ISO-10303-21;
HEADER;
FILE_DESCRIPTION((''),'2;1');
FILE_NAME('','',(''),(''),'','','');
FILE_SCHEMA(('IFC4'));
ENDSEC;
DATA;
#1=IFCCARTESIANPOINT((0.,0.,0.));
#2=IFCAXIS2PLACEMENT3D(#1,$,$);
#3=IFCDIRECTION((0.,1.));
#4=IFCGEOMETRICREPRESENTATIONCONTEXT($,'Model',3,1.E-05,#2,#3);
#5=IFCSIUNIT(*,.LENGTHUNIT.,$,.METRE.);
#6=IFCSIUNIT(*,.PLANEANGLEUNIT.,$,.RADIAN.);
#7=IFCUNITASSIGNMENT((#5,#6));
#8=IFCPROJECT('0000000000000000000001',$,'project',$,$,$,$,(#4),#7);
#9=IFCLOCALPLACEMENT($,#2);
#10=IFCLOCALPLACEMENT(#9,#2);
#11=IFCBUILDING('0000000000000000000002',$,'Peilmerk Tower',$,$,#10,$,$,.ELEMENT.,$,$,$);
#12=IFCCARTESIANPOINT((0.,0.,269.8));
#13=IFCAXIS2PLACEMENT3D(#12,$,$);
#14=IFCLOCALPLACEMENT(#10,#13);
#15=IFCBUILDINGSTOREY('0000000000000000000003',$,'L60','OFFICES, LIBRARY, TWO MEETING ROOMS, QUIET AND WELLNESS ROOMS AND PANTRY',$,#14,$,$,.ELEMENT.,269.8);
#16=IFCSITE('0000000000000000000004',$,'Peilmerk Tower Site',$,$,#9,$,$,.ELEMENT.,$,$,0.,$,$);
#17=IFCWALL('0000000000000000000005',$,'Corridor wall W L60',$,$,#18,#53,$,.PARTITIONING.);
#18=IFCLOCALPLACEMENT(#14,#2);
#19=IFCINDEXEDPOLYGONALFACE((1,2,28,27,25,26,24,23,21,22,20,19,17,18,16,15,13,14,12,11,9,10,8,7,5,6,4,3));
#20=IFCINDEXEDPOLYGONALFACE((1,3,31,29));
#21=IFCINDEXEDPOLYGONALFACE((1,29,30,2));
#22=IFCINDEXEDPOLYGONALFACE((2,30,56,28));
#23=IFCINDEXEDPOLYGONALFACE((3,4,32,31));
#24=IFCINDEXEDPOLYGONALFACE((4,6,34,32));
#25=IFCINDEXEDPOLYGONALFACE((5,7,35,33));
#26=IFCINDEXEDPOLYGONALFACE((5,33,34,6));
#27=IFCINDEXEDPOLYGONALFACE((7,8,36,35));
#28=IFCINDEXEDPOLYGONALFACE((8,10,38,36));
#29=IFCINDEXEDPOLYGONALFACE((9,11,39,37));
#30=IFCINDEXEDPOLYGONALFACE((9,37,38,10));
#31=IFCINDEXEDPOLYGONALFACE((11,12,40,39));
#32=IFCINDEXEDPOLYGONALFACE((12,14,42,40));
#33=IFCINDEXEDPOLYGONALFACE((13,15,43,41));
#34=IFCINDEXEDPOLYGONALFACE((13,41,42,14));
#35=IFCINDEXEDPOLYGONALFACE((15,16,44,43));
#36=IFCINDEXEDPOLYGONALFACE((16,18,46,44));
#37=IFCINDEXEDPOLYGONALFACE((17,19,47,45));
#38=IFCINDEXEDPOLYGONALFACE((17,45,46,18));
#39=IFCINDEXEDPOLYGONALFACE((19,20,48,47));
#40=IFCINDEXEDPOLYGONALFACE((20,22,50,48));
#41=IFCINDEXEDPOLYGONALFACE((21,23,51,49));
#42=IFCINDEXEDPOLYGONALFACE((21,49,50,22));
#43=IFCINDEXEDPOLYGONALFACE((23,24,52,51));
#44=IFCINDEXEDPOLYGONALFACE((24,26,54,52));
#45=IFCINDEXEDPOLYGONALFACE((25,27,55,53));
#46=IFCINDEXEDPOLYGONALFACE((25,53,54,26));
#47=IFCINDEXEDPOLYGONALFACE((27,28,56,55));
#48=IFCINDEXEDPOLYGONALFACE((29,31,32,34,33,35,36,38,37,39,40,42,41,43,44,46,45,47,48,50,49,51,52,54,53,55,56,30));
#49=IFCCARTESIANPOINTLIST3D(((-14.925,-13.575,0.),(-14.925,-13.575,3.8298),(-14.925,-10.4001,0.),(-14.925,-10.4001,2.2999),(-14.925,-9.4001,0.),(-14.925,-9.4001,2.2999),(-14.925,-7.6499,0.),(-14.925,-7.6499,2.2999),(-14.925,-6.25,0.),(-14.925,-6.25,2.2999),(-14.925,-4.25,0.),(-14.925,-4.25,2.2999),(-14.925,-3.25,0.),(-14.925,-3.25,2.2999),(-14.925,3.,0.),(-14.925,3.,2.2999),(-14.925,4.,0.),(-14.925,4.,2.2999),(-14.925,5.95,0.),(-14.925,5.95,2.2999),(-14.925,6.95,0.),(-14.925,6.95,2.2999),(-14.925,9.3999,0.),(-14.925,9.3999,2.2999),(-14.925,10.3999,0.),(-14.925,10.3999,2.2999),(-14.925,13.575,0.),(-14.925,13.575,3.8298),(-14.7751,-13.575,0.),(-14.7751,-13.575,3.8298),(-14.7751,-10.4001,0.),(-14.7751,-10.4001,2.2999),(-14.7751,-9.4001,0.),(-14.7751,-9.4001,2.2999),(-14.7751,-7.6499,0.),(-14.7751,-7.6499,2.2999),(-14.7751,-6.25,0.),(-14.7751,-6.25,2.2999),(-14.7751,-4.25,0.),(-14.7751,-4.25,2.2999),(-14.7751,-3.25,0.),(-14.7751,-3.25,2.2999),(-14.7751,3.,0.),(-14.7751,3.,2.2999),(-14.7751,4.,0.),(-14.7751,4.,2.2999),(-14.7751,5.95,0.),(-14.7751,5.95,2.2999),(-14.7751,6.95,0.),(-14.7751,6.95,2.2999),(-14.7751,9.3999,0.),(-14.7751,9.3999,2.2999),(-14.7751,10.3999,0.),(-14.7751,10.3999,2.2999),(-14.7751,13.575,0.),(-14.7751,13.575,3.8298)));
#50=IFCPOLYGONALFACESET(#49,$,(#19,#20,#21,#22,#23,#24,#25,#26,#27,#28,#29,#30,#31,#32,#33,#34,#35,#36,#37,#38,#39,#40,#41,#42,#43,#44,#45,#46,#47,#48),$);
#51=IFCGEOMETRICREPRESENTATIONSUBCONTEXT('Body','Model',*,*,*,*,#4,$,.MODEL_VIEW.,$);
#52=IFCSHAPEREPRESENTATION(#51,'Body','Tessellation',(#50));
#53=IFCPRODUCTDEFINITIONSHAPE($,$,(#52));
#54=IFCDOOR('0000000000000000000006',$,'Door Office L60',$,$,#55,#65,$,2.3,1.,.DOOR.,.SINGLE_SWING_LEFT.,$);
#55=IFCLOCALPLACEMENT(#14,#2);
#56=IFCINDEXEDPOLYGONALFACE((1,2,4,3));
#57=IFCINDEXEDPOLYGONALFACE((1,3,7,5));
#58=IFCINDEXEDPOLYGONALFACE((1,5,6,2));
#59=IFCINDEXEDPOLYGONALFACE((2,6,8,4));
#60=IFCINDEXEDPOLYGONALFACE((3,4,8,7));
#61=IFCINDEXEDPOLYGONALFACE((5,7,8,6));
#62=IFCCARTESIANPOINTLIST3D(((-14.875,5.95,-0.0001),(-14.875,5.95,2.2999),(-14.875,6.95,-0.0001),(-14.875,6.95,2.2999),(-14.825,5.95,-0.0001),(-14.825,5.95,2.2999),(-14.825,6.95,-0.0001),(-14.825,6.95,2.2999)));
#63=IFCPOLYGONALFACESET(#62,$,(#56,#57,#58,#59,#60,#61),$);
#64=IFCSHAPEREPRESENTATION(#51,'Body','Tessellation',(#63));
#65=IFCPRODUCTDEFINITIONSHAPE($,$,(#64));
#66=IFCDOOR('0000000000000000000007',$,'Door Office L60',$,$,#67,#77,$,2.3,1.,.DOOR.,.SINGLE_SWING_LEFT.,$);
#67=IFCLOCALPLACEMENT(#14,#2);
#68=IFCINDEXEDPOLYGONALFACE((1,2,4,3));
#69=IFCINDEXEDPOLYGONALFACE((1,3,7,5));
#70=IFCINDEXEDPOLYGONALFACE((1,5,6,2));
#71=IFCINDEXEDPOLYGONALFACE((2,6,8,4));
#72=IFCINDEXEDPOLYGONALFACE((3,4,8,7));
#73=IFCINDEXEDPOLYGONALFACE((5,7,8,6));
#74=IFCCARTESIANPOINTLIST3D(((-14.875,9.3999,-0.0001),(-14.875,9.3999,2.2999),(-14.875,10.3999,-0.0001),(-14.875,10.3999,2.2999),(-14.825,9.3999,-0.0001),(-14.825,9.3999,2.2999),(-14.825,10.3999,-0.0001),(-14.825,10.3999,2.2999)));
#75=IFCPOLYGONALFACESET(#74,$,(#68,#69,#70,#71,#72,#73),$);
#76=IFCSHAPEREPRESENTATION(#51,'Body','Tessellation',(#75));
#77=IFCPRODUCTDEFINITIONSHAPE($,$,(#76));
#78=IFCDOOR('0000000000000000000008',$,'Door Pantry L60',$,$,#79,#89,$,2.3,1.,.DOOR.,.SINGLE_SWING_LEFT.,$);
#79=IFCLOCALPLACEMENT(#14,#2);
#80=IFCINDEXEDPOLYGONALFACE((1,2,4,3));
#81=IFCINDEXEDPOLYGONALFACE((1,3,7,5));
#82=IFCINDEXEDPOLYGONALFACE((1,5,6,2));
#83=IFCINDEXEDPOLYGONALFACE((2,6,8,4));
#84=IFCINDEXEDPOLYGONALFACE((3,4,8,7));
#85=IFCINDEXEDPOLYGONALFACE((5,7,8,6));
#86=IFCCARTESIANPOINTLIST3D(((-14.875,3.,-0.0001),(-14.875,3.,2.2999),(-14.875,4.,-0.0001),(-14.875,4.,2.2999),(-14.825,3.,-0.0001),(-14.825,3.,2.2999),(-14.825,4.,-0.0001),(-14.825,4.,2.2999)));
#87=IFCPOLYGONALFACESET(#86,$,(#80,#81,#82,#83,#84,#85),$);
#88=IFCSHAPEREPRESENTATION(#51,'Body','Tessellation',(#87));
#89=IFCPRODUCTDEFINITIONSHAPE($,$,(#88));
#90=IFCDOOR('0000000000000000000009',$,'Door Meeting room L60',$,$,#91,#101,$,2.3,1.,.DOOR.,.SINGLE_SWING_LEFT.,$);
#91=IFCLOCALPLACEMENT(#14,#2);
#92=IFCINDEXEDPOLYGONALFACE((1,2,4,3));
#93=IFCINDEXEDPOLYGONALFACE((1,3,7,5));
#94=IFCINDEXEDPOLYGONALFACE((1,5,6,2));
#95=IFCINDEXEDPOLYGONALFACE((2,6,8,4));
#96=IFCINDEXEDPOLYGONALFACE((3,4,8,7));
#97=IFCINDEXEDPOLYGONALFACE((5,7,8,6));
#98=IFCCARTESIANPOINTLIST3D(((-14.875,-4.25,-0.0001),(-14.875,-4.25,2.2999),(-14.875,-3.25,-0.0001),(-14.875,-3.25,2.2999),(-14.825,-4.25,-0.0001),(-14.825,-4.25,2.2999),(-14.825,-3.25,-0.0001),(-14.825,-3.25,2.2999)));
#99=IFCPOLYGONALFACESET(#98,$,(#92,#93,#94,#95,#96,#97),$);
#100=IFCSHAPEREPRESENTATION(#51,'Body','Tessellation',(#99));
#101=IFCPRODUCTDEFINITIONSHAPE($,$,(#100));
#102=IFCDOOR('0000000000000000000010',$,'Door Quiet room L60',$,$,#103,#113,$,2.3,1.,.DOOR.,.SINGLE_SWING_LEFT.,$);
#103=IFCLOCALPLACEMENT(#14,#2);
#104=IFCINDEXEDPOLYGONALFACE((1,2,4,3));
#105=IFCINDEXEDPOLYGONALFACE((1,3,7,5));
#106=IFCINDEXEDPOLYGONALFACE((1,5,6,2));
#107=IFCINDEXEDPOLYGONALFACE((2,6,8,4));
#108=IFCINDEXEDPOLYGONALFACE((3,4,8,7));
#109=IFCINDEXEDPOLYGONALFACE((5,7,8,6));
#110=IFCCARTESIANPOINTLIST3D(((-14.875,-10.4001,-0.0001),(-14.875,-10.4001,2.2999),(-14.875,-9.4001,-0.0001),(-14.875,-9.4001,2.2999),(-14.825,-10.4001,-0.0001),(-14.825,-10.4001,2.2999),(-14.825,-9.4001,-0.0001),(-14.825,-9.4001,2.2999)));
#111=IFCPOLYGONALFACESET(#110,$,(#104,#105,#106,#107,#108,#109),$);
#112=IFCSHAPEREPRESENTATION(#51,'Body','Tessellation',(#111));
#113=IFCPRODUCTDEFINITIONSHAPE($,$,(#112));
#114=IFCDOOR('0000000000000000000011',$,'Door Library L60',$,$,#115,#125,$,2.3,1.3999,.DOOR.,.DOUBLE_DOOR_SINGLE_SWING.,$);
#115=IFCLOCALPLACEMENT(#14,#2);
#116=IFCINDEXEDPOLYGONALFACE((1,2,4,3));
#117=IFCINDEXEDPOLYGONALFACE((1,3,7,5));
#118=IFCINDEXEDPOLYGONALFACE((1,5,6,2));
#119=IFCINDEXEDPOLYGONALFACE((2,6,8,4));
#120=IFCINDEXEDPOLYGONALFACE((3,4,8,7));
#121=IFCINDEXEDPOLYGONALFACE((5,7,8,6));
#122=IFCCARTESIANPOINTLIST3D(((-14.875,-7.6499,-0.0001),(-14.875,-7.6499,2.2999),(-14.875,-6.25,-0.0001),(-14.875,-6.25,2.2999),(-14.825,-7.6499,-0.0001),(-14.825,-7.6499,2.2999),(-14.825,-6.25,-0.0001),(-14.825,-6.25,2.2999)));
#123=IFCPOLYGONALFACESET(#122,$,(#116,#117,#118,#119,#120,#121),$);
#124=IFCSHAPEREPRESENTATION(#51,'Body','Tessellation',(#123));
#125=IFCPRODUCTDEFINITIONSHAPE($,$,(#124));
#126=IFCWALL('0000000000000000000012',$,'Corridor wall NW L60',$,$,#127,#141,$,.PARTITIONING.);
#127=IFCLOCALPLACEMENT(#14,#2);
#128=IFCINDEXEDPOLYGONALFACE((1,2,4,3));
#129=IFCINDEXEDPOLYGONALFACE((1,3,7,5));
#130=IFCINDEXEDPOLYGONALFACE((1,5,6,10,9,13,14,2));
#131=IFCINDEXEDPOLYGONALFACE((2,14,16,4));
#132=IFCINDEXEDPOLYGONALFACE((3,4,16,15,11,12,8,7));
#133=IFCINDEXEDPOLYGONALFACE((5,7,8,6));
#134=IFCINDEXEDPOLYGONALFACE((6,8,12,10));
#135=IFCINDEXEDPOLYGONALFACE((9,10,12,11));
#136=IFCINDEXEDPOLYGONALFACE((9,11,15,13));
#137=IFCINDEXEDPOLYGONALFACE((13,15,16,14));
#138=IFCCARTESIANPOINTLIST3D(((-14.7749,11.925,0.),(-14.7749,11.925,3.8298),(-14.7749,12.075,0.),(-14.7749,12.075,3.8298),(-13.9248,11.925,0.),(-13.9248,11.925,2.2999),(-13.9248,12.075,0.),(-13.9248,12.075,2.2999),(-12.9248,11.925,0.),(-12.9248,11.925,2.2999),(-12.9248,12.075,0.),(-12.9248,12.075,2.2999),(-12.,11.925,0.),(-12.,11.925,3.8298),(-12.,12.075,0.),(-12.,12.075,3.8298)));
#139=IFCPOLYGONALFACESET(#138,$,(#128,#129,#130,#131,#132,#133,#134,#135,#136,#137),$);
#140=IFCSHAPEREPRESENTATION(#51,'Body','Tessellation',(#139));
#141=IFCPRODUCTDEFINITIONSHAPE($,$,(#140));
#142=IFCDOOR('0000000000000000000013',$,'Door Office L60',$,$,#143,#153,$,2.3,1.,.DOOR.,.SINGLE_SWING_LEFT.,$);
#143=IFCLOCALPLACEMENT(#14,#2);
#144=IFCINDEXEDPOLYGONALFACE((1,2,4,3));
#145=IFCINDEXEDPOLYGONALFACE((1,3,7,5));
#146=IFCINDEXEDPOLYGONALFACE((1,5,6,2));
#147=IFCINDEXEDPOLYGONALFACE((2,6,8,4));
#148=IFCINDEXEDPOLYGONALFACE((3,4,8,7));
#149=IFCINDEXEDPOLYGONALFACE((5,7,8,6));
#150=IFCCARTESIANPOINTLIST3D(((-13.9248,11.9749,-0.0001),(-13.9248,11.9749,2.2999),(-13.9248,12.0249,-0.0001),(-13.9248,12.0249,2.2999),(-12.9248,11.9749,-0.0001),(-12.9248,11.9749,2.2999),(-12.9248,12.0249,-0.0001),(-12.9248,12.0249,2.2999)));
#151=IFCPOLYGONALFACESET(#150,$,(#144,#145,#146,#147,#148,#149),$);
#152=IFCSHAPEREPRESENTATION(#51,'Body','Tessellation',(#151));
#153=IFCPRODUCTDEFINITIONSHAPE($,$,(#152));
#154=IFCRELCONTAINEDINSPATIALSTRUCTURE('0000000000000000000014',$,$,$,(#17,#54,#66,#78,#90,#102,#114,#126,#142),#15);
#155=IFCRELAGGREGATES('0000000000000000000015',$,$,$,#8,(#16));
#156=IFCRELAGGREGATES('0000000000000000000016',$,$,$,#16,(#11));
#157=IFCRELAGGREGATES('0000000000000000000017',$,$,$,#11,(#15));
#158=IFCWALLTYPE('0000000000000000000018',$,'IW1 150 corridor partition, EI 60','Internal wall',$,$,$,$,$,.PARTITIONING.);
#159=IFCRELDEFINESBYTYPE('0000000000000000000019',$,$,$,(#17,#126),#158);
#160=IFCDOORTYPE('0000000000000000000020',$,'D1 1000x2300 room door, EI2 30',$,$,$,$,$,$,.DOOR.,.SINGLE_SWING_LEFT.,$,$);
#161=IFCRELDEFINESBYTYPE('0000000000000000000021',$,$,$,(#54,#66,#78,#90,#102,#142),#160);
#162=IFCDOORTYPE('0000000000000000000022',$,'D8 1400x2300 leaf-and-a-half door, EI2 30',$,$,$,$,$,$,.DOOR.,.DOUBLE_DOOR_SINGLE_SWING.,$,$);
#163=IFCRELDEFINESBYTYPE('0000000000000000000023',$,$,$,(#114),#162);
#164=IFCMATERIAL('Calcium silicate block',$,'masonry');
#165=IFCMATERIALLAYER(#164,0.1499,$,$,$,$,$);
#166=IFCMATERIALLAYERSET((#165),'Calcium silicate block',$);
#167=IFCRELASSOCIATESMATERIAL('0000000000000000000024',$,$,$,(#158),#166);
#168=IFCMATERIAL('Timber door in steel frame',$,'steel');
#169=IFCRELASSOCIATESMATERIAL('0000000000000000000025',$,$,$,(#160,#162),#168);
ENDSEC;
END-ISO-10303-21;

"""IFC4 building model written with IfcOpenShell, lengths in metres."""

from ifc_helpers import new_model, si_unit, direction, frame, frame_2d, origin, place, context, subcontext, project, spatial, rectangle, extrude, material, layer, layer_set, type_object, element, fill, save


model = new_model("IFC4")

# Units and contexts
model_context = context("Model", 3, precision=1e-05, world=origin(), true_north=direction((0.0, 1.0)))
body_context = subcontext(model_context, "Body", "Model", "MODEL_VIEW")
ifc_project = project(units=[si_unit("LENGTHUNIT", "METRE"), si_unit("PLANEANGLEUNIT", "RADIAN")], contexts=[model_context])

# Site, building, storey
site_placement = place(None, origin())
site = spatial("IfcSite", under=ifc_project, at=site_placement, Name="Peilmerk Tower Site", CompositionType="ELEMENT", RefElevation=0.0)
building_placement = place(site_placement, origin())
building = spatial("IfcBuilding", under=site, at=building_placement, Name="Peilmerk Tower", CompositionType="ELEMENT")
storey_placement = place(building_placement, frame((0.0, 0.0, 269.8)))
storey = spatial("IfcBuildingStorey", under=building, at=storey_placement, Name="L60", Description="OFFICES, LIBRARY, TWO MEETING ROOMS, QUIET AND WELLNESS ROOMS AND PANTRY", CompositionType="ELEMENT", Elevation=269.8)

# Wall, openings, doors
ifc_material_1 = material(Name="Calcium silicate block", Category="masonry")
ifc_layer_1 = layer(ifc_material_1, 0.1499)
ifc_layer_set_1 = layer_set([ifc_layer_1], Name="Calcium silicate block")
wall_type_1 = type_object("IfcWallType", Name="IW1 150 corridor partition, EI 60", Description="Internal wall", PredefinedType="PARTITIONING", material=ifc_layer_set_1)
wall_1_placement = place(storey_placement, frame((-14.8501, 13.575, 0.0), z_axis=(0.0, 0.0, 1.0), x_axis=(0.0, -1.0, 0.0)))
wall_1 = element("IfcWall", 1, at=wall_1_placement, inside=storey, type_object=wall_type_1, Name="Corridor wall W L60", PredefinedType="PARTITIONING", context=body_context, shape_type="SweptSolid", body=[
    extrude(rectangle(XDim=27.1499, YDim=0.1499, at=frame_2d((13.575, 0.0))), origin(), (0.0, 0.0, 1.0), 3.8298),
])
opening_1_placement = place(wall_1_placement, frame((19.825, 0.0, 0.0)))
opening_1 = element("IfcOpeningElement", 2, at=opening_1_placement, cuts=wall_1, PredefinedType="OPENING", context=body_context, shape_type="SweptSolid", body=[
    extrude(rectangle(XDim=1.3999, YDim=2.3, at=frame_2d((0.7, 1.1499))), frame((0.0, 0.085, 0.0), z_axis=(0.0, -1.0, 0.0), x_axis=(1.0, 0.0, 0.0)), (0.0, 0.0, 1.0), 0.1699),
])
opening_2_placement = place(wall_1_placement, frame((6.625, 0.0, 0.0)))
opening_2 = element("IfcOpeningElement", 3, at=opening_2_placement, cuts=wall_1, PredefinedType="OPENING", context=body_context, shape_type="SweptSolid", body=[
    extrude(rectangle(XDim=1.0, YDim=2.3, at=frame_2d((0.5, 1.1499))), frame((0.0, 0.085, 0.0), z_axis=(0.0, -1.0, 0.0), x_axis=(1.0, 0.0, 0.0)), (0.0, 0.0, 1.0), 0.1699),
])
opening_3_placement = place(wall_1_placement, frame((3.175, 0.0, 0.0)))
opening_3 = element("IfcOpeningElement", 4, at=opening_3_placement, cuts=wall_1, PredefinedType="OPENING", context=body_context, shape_type="SweptSolid", body=[
    extrude(rectangle(XDim=1.0, YDim=2.3, at=frame_2d((0.5, 1.1499))), frame((0.0, 0.085, 0.0), z_axis=(0.0, -1.0, 0.0), x_axis=(1.0, 0.0, 0.0)), (0.0, 0.0, 1.0), 0.1699),
])
opening_4_placement = place(wall_1_placement, frame((9.575, 0.0, 0.0)))
opening_4 = element("IfcOpeningElement", 5, at=opening_4_placement, cuts=wall_1, PredefinedType="OPENING", context=body_context, shape_type="SweptSolid", body=[
    extrude(rectangle(XDim=1.0, YDim=2.3, at=frame_2d((0.5, 1.1499))), frame((0.0, 0.085, 0.0), z_axis=(0.0, -1.0, 0.0), x_axis=(1.0, 0.0, 0.0)), (0.0, 0.0, 1.0), 0.1699),
])
opening_5_placement = place(wall_1_placement, frame((16.825, 0.0, 0.0)))
opening_5 = element("IfcOpeningElement", 6, at=opening_5_placement, cuts=wall_1, PredefinedType="OPENING", context=body_context, shape_type="SweptSolid", body=[
    extrude(rectangle(XDim=1.0, YDim=2.3, at=frame_2d((0.5, 1.1499))), frame((0.0, 0.085, 0.0), z_axis=(0.0, -1.0, 0.0), x_axis=(1.0, 0.0, 0.0)), (0.0, 0.0, 1.0), 0.1699),
])
opening_6_placement = place(wall_1_placement, frame((22.9751, 0.0, 0.0)))
opening_6 = element("IfcOpeningElement", 7, at=opening_6_placement, cuts=wall_1, PredefinedType="OPENING", context=body_context, shape_type="SweptSolid", body=[
    extrude(rectangle(XDim=1.0, YDim=2.3, at=frame_2d((0.5, 1.1499))), frame((0.0, 0.085, 0.0), z_axis=(0.0, -1.0, 0.0), x_axis=(1.0, 0.0, 0.0)), (0.0, 0.0, 1.0), 0.1699),
])
ifc_material_2 = material(Name="Timber door in steel frame", Category="steel")
door_type_1 = type_object("IfcDoorType", Name="D1 1000x2300 room door, EI2 30", OperationType="SINGLE_SWING_LEFT", PredefinedType="DOOR", material=ifc_material_2)
door_1_placement = place(opening_2_placement, frame((1.0, 0.0, 0.0), z_axis=(0.0, 0.0, 1.0), x_axis=(-1.0, 0.0, 0.0)))
door_1 = element("IfcDoor", 8, at=door_1_placement, inside=storey, type_object=door_type_1, Name="Door Office L60", OperationType="SINGLE_SWING_LEFT", OverallHeight=2.3, OverallWidth=1.0, PredefinedType="DOOR", context=body_context, shape_type="SweptSolid", body=[
    extrude(rectangle(XDim=1.0, YDim=2.3, at=frame_2d((0.5, 1.1499))), frame((0.0, 0.0249, 0.0), z_axis=(0.0, -1.0, 0.0), x_axis=(1.0, 0.0, 0.0)), (0.0, 0.0, 1.0), 0.05),
])
fill(opening_2, door_1)
door_2_placement = place(opening_3_placement, frame((1.0, 0.0, 0.0), z_axis=(0.0, 0.0, 1.0), x_axis=(-1.0, 0.0, 0.0)))
door_2 = element("IfcDoor", 9, at=door_2_placement, inside=storey, type_object=door_type_1, Name="Door Office L60", OperationType="SINGLE_SWING_LEFT", OverallHeight=2.3, OverallWidth=1.0, PredefinedType="DOOR", context=body_context, shape_type="SweptSolid", body=[
    extrude(rectangle(XDim=1.0, YDim=2.3, at=frame_2d((0.5, 1.1499))), frame((0.0, 0.0249, 0.0), z_axis=(0.0, -1.0, 0.0), x_axis=(1.0, 0.0, 0.0)), (0.0, 0.0, 1.0), 0.05),
])
fill(opening_3, door_2)
door_3_placement = place(opening_4_placement, frame((1.0, 0.0, 0.0), z_axis=(0.0, 0.0, 1.0), x_axis=(-1.0, 0.0, 0.0)))
door_3 = element("IfcDoor", 10, at=door_3_placement, inside=storey, type_object=door_type_1, Name="Door Pantry L60", OperationType="SINGLE_SWING_LEFT", OverallHeight=2.3, OverallWidth=1.0, PredefinedType="DOOR", context=body_context, shape_type="SweptSolid", body=[
    extrude(rectangle(XDim=1.0, YDim=2.3, at=frame_2d((0.5, 1.1499))), frame((0.0, 0.0249, 0.0), z_axis=(0.0, -1.0, 0.0), x_axis=(1.0, 0.0, 0.0)), (0.0, 0.0, 1.0), 0.05),
])
fill(opening_4, door_3)
door_4_placement = place(opening_5_placement, frame((1.0, 0.0, 0.0), z_axis=(0.0, 0.0, 1.0), x_axis=(-1.0, 0.0, 0.0)))
door_4 = element("IfcDoor", 11, at=door_4_placement, inside=storey, type_object=door_type_1, Name="Door Meeting room L60", OperationType="SINGLE_SWING_LEFT", OverallHeight=2.3, OverallWidth=1.0, PredefinedType="DOOR", context=body_context, shape_type="SweptSolid", body=[
    extrude(rectangle(XDim=1.0, YDim=2.3, at=frame_2d((0.5, 1.1499))), frame((0.0, 0.0249, 0.0), z_axis=(0.0, -1.0, 0.0), x_axis=(1.0, 0.0, 0.0)), (0.0, 0.0, 1.0), 0.05),
])
fill(opening_5, door_4)
door_5_placement = place(opening_6_placement, frame((1.0, 0.0, 0.0), z_axis=(0.0, 0.0, 1.0), x_axis=(-1.0, 0.0, 0.0)))
door_5 = element("IfcDoor", 12, at=door_5_placement, inside=storey, type_object=door_type_1, Name="Door Quiet room L60", OperationType="SINGLE_SWING_LEFT", OverallHeight=2.3, OverallWidth=1.0, PredefinedType="DOOR", context=body_context, shape_type="SweptSolid", body=[
    extrude(rectangle(XDim=1.0, YDim=2.3, at=frame_2d((0.5, 1.1499))), frame((0.0, 0.0249, 0.0), z_axis=(0.0, -1.0, 0.0), x_axis=(1.0, 0.0, 0.0)), (0.0, 0.0, 1.0), 0.05),
])
fill(opening_6, door_5)
door_type_2 = type_object("IfcDoorType", Name="D8 1400x2300 leaf-and-a-half door, EI2 30", OperationType="DOUBLE_DOOR_SINGLE_SWING", PredefinedType="DOOR", material=ifc_material_2)
door_6_placement = place(opening_1_placement, frame((1.3999, 0.0, 0.0), z_axis=(0.0, 0.0, 1.0), x_axis=(-1.0, 0.0, 0.0)))
door_6 = element("IfcDoor", 13, at=door_6_placement, inside=storey, type_object=door_type_2, Name="Door Library L60", OperationType="DOUBLE_DOOR_SINGLE_SWING", OverallHeight=2.3, OverallWidth=1.3999, PredefinedType="DOOR", context=body_context, shape_type="SweptSolid", body=[
    extrude(rectangle(XDim=1.3999, YDim=2.3, at=frame_2d((0.7, 1.1499))), frame((0.0, 0.0249, 0.0), z_axis=(0.0, -1.0, 0.0), x_axis=(1.0, 0.0, 0.0)), (0.0, 0.0, 1.0), 0.05),
])
fill(opening_1, door_6)

# Wall, opening, door
wall_2_placement = place(storey_placement, frame((-14.7749, 12.0, 0.0), z_axis=(0.0, 0.0, 1.0), x_axis=(1.0, 0.0, 0.0)))
wall_2 = element("IfcWall", 14, at=wall_2_placement, inside=storey, type_object=wall_type_1, Name="Corridor wall NW L60", PredefinedType="PARTITIONING", context=body_context, shape_type="SweptSolid", body=[
    extrude(rectangle(XDim=2.7749, YDim=0.1499, at=frame_2d((1.3875, 0.0))), origin(), (0.0, 0.0, 1.0), 3.8298),
])
opening_7_placement = place(wall_2_placement, frame((0.8501, 0.0, 0.0)))
opening_7 = element("IfcOpeningElement", 15, at=opening_7_placement, cuts=wall_2, PredefinedType="OPENING", context=body_context, shape_type="SweptSolid", body=[
    extrude(rectangle(XDim=1.0, YDim=2.3, at=frame_2d((0.5, 1.1499))), frame((0.0, 0.085, 0.0), z_axis=(0.0, -1.0, 0.0), x_axis=(1.0, 0.0, 0.0)), (0.0, 0.0, 1.0), 0.1699),
])
door_7_placement = place(opening_7_placement, origin())
door_7 = element("IfcDoor", 16, at=door_7_placement, inside=storey, type_object=door_type_1, Name="Door Office L60", OperationType="SINGLE_SWING_LEFT", OverallHeight=2.3, OverallWidth=1.0, PredefinedType="DOOR", context=body_context, shape_type="SweptSolid", body=[
    extrude(rectangle(XDim=1.0, YDim=2.3, at=frame_2d((0.5, 1.1499))), frame((0.0, 0.0249, 0.0), z_axis=(0.0, -1.0, 0.0), x_axis=(1.0, 0.0, 0.0)), (0.0, 0.0, 1.0), 0.05),
])
fill(opening_7, door_7)

save(model, "model.ifc")
